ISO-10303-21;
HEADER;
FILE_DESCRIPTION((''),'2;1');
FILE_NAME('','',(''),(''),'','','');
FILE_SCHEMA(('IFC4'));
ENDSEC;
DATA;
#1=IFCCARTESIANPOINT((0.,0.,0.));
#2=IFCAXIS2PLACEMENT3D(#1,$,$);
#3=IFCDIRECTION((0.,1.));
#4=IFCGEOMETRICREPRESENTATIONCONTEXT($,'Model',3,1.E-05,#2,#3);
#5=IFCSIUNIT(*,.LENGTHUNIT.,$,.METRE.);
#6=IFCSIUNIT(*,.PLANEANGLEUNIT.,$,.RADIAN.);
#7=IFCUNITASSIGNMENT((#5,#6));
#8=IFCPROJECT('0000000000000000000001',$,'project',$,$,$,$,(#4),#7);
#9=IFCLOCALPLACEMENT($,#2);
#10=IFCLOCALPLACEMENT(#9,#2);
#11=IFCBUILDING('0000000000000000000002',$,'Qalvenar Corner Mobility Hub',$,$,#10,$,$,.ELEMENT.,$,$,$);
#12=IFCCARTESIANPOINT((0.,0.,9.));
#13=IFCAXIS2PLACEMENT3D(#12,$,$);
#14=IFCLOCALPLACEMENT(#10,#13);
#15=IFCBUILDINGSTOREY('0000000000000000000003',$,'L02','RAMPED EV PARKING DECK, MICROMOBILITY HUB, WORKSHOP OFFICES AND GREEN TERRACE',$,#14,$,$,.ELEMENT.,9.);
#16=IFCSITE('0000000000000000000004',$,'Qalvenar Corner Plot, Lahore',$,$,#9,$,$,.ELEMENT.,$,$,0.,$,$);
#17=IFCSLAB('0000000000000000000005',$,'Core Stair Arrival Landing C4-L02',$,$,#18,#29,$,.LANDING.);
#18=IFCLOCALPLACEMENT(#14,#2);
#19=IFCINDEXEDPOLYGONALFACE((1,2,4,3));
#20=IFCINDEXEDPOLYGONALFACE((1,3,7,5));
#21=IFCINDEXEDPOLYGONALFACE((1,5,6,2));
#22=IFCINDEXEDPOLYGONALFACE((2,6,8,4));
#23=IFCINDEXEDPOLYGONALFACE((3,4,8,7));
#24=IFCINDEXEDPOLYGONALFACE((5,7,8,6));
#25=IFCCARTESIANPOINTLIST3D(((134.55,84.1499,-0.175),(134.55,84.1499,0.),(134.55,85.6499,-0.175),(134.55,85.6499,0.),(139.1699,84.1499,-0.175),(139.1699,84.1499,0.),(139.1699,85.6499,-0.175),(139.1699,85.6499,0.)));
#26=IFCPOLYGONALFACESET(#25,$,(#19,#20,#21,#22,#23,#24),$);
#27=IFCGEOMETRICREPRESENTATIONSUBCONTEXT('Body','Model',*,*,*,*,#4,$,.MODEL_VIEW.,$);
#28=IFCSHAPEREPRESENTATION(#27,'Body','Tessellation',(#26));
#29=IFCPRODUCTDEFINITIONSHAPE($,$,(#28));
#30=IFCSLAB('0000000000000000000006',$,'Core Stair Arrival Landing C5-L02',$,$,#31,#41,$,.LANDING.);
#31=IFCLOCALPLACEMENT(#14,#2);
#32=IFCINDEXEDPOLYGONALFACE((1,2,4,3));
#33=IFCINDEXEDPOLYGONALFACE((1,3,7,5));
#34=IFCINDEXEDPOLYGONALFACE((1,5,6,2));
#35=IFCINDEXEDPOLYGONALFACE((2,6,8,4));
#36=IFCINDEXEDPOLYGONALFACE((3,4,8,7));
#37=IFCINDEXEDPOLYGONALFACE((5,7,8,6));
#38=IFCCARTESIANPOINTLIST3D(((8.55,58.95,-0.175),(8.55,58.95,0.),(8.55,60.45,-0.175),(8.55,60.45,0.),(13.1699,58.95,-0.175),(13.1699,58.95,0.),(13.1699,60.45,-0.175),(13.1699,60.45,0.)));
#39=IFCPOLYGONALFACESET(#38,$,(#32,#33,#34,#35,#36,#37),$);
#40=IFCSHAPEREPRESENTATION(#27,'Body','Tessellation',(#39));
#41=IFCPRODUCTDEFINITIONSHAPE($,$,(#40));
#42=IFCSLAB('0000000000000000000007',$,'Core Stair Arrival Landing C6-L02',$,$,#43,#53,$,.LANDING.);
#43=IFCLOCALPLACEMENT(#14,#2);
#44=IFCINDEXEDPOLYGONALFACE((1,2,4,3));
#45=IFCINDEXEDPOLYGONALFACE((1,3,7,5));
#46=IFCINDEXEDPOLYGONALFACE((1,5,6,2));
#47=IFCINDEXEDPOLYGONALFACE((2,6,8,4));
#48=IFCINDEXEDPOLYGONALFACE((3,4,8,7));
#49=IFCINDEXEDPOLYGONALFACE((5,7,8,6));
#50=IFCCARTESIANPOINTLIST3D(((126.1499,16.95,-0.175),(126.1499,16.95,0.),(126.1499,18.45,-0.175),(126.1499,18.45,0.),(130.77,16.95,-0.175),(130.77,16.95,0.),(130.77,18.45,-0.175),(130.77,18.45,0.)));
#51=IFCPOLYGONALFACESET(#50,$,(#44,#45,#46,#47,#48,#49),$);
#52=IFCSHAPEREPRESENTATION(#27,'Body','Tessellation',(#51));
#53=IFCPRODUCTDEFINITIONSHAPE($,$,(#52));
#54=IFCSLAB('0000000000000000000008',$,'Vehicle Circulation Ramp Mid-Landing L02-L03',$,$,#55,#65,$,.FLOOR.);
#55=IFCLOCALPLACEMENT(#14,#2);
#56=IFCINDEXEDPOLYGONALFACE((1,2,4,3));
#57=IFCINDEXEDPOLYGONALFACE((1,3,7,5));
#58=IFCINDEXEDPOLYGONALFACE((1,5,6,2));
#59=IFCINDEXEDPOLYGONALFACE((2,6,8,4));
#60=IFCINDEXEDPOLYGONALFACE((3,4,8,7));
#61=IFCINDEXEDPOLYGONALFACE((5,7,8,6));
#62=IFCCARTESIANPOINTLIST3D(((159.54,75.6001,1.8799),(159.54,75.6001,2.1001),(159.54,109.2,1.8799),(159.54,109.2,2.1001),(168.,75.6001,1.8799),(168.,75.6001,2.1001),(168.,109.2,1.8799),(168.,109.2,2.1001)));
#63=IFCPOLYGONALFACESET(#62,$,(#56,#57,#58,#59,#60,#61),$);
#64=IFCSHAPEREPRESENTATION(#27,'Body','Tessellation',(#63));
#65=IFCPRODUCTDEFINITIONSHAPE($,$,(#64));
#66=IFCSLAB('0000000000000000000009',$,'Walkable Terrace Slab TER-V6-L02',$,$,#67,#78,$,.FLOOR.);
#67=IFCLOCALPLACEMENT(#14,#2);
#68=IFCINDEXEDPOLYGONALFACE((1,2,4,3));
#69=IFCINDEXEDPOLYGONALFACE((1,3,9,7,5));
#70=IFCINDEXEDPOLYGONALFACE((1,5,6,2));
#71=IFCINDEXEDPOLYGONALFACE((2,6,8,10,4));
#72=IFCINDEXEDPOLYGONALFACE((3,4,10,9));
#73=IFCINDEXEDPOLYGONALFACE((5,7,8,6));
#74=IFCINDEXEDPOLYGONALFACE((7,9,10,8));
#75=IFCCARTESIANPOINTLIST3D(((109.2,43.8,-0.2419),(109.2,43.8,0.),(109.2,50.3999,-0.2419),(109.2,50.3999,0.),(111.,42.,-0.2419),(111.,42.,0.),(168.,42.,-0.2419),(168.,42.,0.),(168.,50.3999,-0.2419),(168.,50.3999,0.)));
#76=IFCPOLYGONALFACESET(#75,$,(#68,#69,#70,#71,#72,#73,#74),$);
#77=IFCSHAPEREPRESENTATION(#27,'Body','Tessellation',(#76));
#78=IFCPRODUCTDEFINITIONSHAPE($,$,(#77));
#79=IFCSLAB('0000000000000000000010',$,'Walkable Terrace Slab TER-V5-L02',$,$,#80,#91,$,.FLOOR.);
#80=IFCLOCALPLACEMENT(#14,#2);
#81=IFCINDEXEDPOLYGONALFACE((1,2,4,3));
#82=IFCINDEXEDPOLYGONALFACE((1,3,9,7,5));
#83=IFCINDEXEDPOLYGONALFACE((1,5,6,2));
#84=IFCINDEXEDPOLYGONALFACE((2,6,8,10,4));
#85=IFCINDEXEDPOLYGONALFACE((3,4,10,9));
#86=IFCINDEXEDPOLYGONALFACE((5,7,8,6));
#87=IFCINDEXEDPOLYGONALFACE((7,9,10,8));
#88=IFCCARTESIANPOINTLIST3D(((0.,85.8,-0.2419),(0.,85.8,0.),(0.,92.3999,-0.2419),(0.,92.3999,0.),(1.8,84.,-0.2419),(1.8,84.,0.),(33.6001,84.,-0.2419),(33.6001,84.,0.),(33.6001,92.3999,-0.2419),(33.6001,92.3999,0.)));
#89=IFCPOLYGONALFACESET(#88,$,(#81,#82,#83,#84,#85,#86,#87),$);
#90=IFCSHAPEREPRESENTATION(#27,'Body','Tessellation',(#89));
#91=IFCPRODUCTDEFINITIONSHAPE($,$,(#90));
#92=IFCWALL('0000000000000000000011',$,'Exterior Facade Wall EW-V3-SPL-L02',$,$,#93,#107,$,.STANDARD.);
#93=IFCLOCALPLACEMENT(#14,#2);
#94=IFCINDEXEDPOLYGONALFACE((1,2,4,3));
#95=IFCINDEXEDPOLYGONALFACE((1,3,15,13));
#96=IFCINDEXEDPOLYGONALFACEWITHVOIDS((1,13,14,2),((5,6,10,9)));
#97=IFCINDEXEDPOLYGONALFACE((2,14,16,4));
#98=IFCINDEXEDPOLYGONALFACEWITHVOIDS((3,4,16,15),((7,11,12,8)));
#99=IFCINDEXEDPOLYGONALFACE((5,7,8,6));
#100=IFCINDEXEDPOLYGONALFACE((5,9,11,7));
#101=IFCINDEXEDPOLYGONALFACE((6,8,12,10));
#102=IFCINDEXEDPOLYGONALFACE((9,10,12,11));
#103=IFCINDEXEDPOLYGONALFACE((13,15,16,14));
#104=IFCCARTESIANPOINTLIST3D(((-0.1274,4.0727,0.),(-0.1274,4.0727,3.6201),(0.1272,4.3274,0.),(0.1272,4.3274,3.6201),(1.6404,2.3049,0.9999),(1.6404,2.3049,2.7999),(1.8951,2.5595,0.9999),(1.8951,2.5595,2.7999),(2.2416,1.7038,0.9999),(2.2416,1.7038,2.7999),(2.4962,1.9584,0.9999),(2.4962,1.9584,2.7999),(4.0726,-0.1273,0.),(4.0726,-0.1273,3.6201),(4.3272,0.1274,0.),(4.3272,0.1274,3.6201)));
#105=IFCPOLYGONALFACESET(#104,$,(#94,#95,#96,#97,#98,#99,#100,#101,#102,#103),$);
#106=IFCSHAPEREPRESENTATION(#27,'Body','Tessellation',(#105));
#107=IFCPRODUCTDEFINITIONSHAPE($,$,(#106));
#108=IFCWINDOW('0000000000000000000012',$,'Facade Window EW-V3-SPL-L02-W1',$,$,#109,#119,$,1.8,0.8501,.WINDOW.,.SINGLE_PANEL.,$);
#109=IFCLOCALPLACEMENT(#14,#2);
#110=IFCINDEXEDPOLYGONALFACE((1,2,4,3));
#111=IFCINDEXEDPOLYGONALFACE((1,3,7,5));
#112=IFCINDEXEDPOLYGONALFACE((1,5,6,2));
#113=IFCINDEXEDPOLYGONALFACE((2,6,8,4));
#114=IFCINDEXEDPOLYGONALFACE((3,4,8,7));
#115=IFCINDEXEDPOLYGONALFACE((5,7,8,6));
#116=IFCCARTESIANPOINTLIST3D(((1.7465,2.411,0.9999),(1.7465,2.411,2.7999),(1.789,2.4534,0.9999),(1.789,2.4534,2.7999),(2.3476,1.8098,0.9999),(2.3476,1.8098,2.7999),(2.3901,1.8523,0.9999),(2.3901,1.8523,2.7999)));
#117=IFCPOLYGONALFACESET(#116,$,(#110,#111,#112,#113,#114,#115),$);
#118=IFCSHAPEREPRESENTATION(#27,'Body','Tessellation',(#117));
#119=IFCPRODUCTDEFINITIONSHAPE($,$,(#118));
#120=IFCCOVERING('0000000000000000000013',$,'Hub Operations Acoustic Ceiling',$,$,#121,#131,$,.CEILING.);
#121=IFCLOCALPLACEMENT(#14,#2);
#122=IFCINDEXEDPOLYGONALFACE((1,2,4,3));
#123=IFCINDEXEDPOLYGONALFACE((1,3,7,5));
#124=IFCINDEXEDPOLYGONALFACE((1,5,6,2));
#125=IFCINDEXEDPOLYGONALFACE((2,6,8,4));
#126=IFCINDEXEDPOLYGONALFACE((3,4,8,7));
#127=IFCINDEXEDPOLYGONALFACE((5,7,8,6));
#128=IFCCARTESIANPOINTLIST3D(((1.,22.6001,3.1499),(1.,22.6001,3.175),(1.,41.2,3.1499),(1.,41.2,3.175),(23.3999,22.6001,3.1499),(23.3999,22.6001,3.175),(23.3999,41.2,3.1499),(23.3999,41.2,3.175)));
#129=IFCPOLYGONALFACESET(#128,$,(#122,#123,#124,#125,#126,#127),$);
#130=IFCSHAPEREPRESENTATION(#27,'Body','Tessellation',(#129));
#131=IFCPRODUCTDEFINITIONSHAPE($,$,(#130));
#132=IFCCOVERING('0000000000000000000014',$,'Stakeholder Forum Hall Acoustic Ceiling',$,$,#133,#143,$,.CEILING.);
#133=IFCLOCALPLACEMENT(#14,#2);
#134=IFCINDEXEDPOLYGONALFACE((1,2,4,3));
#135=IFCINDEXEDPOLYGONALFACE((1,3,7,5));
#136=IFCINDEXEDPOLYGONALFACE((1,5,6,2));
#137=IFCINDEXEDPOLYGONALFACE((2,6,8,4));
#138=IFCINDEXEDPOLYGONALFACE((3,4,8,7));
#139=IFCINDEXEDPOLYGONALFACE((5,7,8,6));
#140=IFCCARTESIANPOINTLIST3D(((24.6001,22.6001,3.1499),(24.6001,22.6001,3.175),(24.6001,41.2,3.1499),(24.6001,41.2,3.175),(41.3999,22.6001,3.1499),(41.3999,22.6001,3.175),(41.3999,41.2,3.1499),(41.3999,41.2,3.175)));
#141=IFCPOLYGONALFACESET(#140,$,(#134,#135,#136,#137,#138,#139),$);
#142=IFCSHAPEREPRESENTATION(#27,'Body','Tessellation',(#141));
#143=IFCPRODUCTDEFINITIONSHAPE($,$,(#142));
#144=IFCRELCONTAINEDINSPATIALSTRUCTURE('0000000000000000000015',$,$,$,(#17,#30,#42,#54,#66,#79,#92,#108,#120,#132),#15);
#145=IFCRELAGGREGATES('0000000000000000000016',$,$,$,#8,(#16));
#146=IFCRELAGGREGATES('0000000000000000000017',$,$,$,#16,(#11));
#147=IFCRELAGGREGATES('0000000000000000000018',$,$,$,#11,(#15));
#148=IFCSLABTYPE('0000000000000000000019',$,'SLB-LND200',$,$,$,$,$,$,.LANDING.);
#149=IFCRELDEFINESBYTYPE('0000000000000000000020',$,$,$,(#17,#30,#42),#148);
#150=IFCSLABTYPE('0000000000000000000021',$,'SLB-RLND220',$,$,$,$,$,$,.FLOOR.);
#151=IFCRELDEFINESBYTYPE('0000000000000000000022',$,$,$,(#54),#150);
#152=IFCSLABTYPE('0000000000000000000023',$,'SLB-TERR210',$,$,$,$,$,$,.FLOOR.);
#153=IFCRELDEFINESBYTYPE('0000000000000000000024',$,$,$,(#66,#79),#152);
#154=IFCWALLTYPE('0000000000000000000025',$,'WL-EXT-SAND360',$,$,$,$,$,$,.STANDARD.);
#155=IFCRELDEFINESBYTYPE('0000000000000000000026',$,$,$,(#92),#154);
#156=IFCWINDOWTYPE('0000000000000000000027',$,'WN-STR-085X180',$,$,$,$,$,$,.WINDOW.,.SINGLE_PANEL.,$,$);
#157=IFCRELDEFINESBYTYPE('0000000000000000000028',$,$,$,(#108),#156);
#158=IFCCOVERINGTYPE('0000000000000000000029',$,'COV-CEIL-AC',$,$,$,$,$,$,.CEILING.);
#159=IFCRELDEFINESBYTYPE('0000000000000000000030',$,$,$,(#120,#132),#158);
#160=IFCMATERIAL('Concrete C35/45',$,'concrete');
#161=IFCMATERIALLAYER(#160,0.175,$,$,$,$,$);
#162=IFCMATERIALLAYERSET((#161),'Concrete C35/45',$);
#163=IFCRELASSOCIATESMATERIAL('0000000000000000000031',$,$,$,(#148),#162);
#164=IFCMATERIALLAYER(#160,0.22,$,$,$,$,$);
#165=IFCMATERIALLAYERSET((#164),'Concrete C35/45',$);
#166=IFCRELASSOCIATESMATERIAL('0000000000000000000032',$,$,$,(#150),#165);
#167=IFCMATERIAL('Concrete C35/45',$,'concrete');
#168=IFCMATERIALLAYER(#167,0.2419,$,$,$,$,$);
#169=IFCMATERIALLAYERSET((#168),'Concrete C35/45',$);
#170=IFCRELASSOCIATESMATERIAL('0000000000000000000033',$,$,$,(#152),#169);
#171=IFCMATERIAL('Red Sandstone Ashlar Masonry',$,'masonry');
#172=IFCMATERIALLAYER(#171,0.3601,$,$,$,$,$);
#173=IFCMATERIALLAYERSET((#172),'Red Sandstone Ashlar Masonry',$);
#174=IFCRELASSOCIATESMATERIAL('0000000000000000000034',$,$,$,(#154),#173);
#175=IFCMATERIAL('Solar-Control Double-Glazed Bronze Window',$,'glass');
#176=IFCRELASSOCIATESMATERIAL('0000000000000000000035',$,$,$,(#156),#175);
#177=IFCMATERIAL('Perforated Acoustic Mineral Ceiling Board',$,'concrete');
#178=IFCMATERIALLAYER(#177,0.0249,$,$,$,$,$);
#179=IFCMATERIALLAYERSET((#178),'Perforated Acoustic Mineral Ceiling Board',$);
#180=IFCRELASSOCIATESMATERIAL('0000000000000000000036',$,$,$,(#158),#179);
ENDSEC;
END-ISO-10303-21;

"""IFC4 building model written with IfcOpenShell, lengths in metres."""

from ifc_helpers import new_model, si_unit, direction, frame, frame_2d, origin, place, context, subcontext, project, spatial, polyline, rectangle, outline, extrude, material, layer, layer_set, type_object, element, fill, save


model = new_model("IFC4")

# Units and contexts
model_context = context("Model", 3, precision=1e-05, world=origin(), true_north=direction((0.0, 1.0)))
body_context = subcontext(model_context, "Body", "Model", "MODEL_VIEW")
ifc_project = project(units=[si_unit("LENGTHUNIT", "METRE"), si_unit("PLANEANGLEUNIT", "RADIAN")], contexts=[model_context])

# Site, building, storey
site_placement = place(None, origin())
site = spatial("IfcSite", under=ifc_project, at=site_placement, Name="Qalvenar Corner Plot, Lahore", CompositionType="ELEMENT", RefElevation=0.0)
building_placement = place(site_placement, origin())
building = spatial("IfcBuilding", under=site, at=building_placement, Name="Qalvenar Corner Mobility Hub", CompositionType="ELEMENT")
storey_placement = place(building_placement, frame((0.0, 0.0, 9.0)))
storey = spatial("IfcBuildingStorey", under=building, at=storey_placement, Name="L02", Description="RAMPED EV PARKING DECK, MICROMOBILITY HUB, WORKSHOP OFFICES AND GREEN TERRACE", CompositionType="ELEMENT", Elevation=9.0)

# Shared definitions
ifc_material_1 = material(Name="Concrete C35/45", Category="concrete")

# Slabs
ifc_layer_1 = layer(ifc_material_1, 0.175)
ifc_layer_set_1 = layer_set([ifc_layer_1], Name="Concrete C35/45")
slab_type_1 = type_object("IfcSlabType", Name="SLB-LND200", PredefinedType="LANDING", material=ifc_layer_set_1)
slab_1_placement = place(storey_placement, frame((0.0, 0.0, -0.175)))
element("IfcSlab", 1, at=slab_1_placement, inside=storey, type_object=slab_type_1, Name="Core Stair Arrival Landing C4-L02", PredefinedType="LANDING", context=body_context, shape_type="SweptSolid", body=[
    extrude(outline(polyline([(134.55, 84.1499), (139.1699, 84.1499), (139.1699, 85.6499), (134.55, 85.6499), (134.55, 84.1499)])), origin(), (0.0, 0.0, 1.0), 0.175),
])
slab_2_placement = place(storey_placement, frame((0.0, 0.0, -0.175)))
element("IfcSlab", 2, at=slab_2_placement, inside=storey, type_object=slab_type_1, Name="Core Stair Arrival Landing C5-L02", PredefinedType="LANDING", context=body_context, shape_type="SweptSolid", body=[
    extrude(outline(polyline([(8.55, 58.95), (13.1699, 58.95), (13.1699, 60.45), (8.55, 60.45), (8.55, 58.95)])), origin(), (0.0, 0.0, 1.0), 0.175),
])
slab_3_placement = place(storey_placement, frame((0.0, 0.0, -0.175)))
element("IfcSlab", 3, at=slab_3_placement, inside=storey, type_object=slab_type_1, Name="Core Stair Arrival Landing C6-L02", PredefinedType="LANDING", context=body_context, shape_type="SweptSolid", body=[
    extrude(outline(polyline([(126.1499, 16.95), (130.77, 16.95), (130.77, 18.45), (126.1499, 18.45), (126.1499, 16.95)])), origin(), (0.0, 0.0, 1.0), 0.175),
])
ifc_layer_2 = layer(ifc_material_1, 0.22)
ifc_layer_set_2 = layer_set([ifc_layer_2], Name="Concrete C35/45")
slab_type_2 = type_object("IfcSlabType", Name="SLB-RLND220", PredefinedType="FLOOR", material=ifc_layer_set_2)
slab_4_placement = place(storey_placement, frame((0.0, 0.0, 1.8799)))
element("IfcSlab", 4, at=slab_4_placement, inside=storey, type_object=slab_type_2, Name="Vehicle Circulation Ramp Mid-Landing L02-L03", PredefinedType="FLOOR", context=body_context, shape_type="SweptSolid", body=[
    extrude(outline(polyline([(159.54, 75.6001), (168.0, 75.6001), (168.0, 109.2), (159.54, 109.2), (159.54, 75.6001)])), origin(), (0.0, 0.0, 1.0), 0.2202),
])
ifc_material_2 = material(Name="Concrete C35/45", Category="concrete")
ifc_layer_3 = layer(ifc_material_2, 0.2419)
ifc_layer_set_3 = layer_set([ifc_layer_3], Name="Concrete C35/45")
slab_type_3 = type_object("IfcSlabType", Name="SLB-TERR210", PredefinedType="FLOOR", material=ifc_layer_set_3)
slab_5_placement = place(storey_placement, frame((0.0, 0.0, -0.2419)))
element("IfcSlab", 5, at=slab_5_placement, inside=storey, type_object=slab_type_3, Name="Walkable Terrace Slab TER-V6-L02", PredefinedType="FLOOR", context=body_context, shape_type="SweptSolid", body=[
    extrude(outline(polyline([(111.0, 42.0), (168.0, 42.0), (168.0, 50.3999), (109.2, 50.3999), (109.2, 43.8), (111.0, 42.0)])), origin(), (0.0, 0.0, 1.0), 0.2419),
])
slab_6_placement = place(storey_placement, frame((0.0, 0.0, -0.2419)))
element("IfcSlab", 6, at=slab_6_placement, inside=storey, type_object=slab_type_3, Name="Walkable Terrace Slab TER-V5-L02", PredefinedType="FLOOR", context=body_context, shape_type="SweptSolid", body=[
    extrude(outline(polyline([(1.8, 84.0), (33.6001, 84.0), (33.6001, 92.3999), (0.0, 92.3999), (0.0, 85.8), (1.8, 84.0)])), origin(), (0.0, 0.0, 1.0), 0.2419),
])

# Wall, opening, window
ifc_material_3 = material(Name="Red Sandstone Ashlar Masonry", Category="masonry")
ifc_layer_4 = layer(ifc_material_3, 0.3601)
ifc_layer_set_4 = layer_set([ifc_layer_4], Name="Red Sandstone Ashlar Masonry")
wall_type = type_object("IfcWallType", Name="WL-EXT-SAND360", PredefinedType="STANDARD", material=ifc_layer_set_4)
wall_placement = place(storey_placement, frame((0.0, 4.2, 0.0), z_axis=(0.0, 0.0, 1.0), x_axis=(0.707107, -0.707107, 0.0)))
wall = element("IfcWall", 7, at=wall_placement, inside=storey, type_object=wall_type, Name="Exterior Facade Wall EW-V3-SPL-L02", PredefinedType="STANDARD", context=body_context, shape_type="SweptSolid", body=[
    extrude(rectangle(XDim=5.9397, YDim=0.3601, at=frame_2d((2.9697, 0.0))), origin(), (0.0, 0.0, 1.0), 3.6201),
])
opening_placement = place(wall_placement, frame((2.5, 0.0, 1.0)))
opening = element("IfcOpeningElement", 8, at=opening_placement, cuts=wall, PredefinedType="OPENING", context=body_context, shape_type="SweptSolid", body=[
    extrude(rectangle(XDim=0.8501, YDim=1.8, at=frame_2d((0.425, 0.8999))), frame((0.0, 0.1899, 0.0), z_axis=(0.0, -1.0, 0.0), x_axis=(1.0, 0.0, 0.0)), (0.0, 0.0, 1.0), 0.3801),
])
ifc_material_4 = material(Name="Solar-Control Double-Glazed Bronze Window", Category="glass")
window_type = type_object("IfcWindowType", Name="WN-STR-085X180", PartitioningType="SINGLE_PANEL", PredefinedType="WINDOW", material=ifc_material_4)
window_placement = place(opening_placement, origin())
window = element("IfcWindow", 9, at=window_placement, inside=storey, type_object=window_type, Name="Facade Window EW-V3-SPL-L02-W1", OverallHeight=1.8, OverallWidth=0.8501, PartitioningType="SINGLE_PANEL", PredefinedType="WINDOW", context=body_context, shape_type="SweptSolid", body=[
    extrude(rectangle(XDim=0.8501, YDim=1.8, at=frame_2d((0.425, 0.8999))), frame((0.0, 0.03, 0.0), z_axis=(0.0, -1.0, 0.0), x_axis=(1.0, 0.0, 0.0)), (0.0, 0.0, 1.0), 0.0601),
])
fill(opening, window)

# Coverings
ifc_material_5 = material(Name="Perforated Acoustic Mineral Ceiling Board", Category="concrete")
ifc_layer_5 = layer(ifc_material_5, 0.0249)
ifc_layer_set_5 = layer_set([ifc_layer_5], Name="Perforated Acoustic Mineral Ceiling Board")
covering_type = type_object("IfcCoveringType", Name="COV-CEIL-AC", PredefinedType="CEILING", material=ifc_layer_set_5)
covering_1_placement = place(storey_placement, frame((0.0, 0.0, 3.1499)))
element("IfcCovering", 10, at=covering_1_placement, inside=storey, type_object=covering_type, Name="Hub Operations Acoustic Ceiling", PredefinedType="CEILING", context=body_context, shape_type="SweptSolid", body=[
    extrude(outline(polyline([(1.0, 22.6001), (23.3999, 22.6001), (23.3999, 41.2), (1.0, 41.2), (1.0, 22.6001)])), origin(), (0.0, 0.0, 1.0), 0.0251),
])
covering_2_placement = place(storey_placement, frame((0.0, 0.0, 3.1499)))
element("IfcCovering", 11, at=covering_2_placement, inside=storey, type_object=covering_type, Name="Stakeholder Forum Hall Acoustic Ceiling", PredefinedType="CEILING", context=body_context, shape_type="SweptSolid", body=[
    extrude(outline(polyline([(24.6001, 22.6001), (41.3999, 22.6001), (41.3999, 41.2), (24.6001, 41.2), (24.6001, 22.6001)])), origin(), (0.0, 0.0, 1.0), 0.0251),
])

save(model, "model.ifc")
